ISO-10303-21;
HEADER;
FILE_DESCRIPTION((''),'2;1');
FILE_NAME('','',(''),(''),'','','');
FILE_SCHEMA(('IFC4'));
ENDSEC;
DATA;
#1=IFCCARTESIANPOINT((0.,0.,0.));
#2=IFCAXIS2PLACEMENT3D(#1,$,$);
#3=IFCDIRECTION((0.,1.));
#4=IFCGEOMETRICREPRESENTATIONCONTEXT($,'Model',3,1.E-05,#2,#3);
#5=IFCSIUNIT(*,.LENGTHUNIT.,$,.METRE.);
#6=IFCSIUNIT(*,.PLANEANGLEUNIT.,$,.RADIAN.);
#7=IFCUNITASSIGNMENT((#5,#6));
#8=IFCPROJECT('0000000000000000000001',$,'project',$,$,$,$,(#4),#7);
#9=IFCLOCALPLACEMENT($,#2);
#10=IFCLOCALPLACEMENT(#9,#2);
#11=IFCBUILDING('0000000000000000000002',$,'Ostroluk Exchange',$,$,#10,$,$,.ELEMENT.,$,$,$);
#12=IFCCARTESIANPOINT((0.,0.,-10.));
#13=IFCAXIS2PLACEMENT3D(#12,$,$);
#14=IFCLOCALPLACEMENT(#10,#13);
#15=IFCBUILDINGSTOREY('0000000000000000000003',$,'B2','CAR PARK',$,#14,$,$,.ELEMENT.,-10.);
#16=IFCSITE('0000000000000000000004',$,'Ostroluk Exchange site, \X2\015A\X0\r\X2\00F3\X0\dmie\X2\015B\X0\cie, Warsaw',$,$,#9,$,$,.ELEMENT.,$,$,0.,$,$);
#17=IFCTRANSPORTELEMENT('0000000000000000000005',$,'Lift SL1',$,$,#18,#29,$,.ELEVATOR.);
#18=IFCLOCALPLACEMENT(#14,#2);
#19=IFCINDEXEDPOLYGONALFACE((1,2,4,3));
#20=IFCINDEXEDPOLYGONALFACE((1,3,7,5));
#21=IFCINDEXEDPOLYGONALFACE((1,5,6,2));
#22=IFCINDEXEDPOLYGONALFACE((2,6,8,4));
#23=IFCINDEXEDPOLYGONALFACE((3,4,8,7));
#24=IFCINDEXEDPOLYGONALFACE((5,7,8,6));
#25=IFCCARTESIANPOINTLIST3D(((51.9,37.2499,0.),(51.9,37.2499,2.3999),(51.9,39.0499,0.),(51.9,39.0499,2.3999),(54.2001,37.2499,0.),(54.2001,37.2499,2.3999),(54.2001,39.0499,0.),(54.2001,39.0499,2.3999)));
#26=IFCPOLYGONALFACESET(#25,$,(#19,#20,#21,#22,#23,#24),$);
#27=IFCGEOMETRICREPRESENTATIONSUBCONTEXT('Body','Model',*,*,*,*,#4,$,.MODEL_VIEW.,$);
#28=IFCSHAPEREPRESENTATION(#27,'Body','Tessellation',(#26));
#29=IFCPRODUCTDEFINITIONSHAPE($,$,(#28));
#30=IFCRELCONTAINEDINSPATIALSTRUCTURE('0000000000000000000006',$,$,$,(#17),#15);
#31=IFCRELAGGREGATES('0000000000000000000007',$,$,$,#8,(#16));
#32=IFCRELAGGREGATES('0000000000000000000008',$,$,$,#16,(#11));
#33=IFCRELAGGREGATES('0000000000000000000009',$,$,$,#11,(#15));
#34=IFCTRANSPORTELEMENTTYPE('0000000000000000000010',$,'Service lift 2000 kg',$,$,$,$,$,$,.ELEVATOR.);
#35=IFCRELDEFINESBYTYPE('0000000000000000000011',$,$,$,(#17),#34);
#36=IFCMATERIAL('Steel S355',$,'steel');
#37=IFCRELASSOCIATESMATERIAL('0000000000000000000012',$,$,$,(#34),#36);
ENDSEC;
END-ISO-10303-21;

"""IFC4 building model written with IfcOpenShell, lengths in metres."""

from ifc_helpers import new_model, si_unit, direction, frame, origin, origin_2d, place, context, subcontext, project, spatial, rectangle, extrude, material, type_object, element, save


model = new_model("IFC4")

# Units and contexts
model_context = context("Model", 3, precision=1e-05, world=origin(), true_north=direction((0.0, 1.0)))
body_context = subcontext(model_context, "Body", "Model", "MODEL_VIEW")
ifc_project = project(units=[si_unit("LENGTHUNIT", "METRE"), si_unit("PLANEANGLEUNIT", "RADIAN")], contexts=[model_context])

# Site, building, storey
site_placement = place(None, origin())
site = spatial("IfcSite", under=ifc_project, at=site_placement, Name="Ostroluk Exchange site, Śródmieście, Warsaw", CompositionType="ELEMENT", RefElevation=0.0)
building_placement = place(site_placement, origin())
building = spatial("IfcBuilding", under=site, at=building_placement, Name="Ostroluk Exchange", CompositionType="ELEMENT")
storey_placement = place(building_placement, frame((0.0, 0.0, -10.0)))
storey = spatial("IfcBuildingStorey", under=building, at=storey_placement, Name="B2", Description="CAR PARK", CompositionType="ELEMENT", Elevation=-10.0)

# Transport element
ifc_material_1 = material(Name="Steel S355", Category="steel")
transport_element_type = type_object("IfcTransportElementType", Name="Service lift 2000 kg", PredefinedType="ELEVATOR", material=ifc_material_1)
transport_element_placement = place(storey_placement, frame((53.05, 38.1499, 0.0), z_axis=(0.0, 0.0, 1.0), x_axis=(1.0, 0.0, 0.0)))
element("IfcTransportElement", 1, at=transport_element_placement, inside=storey, type_object=transport_element_type, Name="Lift SL1", PredefinedType="ELEVATOR", context=body_context, shape_type="SweptSolid", body=[
    extrude(rectangle(XDim=2.3, YDim=1.8, at=origin_2d()), origin(), (0.0, 0.0, 1.0), 2.3999),
])

save(model, "model.ifc")
